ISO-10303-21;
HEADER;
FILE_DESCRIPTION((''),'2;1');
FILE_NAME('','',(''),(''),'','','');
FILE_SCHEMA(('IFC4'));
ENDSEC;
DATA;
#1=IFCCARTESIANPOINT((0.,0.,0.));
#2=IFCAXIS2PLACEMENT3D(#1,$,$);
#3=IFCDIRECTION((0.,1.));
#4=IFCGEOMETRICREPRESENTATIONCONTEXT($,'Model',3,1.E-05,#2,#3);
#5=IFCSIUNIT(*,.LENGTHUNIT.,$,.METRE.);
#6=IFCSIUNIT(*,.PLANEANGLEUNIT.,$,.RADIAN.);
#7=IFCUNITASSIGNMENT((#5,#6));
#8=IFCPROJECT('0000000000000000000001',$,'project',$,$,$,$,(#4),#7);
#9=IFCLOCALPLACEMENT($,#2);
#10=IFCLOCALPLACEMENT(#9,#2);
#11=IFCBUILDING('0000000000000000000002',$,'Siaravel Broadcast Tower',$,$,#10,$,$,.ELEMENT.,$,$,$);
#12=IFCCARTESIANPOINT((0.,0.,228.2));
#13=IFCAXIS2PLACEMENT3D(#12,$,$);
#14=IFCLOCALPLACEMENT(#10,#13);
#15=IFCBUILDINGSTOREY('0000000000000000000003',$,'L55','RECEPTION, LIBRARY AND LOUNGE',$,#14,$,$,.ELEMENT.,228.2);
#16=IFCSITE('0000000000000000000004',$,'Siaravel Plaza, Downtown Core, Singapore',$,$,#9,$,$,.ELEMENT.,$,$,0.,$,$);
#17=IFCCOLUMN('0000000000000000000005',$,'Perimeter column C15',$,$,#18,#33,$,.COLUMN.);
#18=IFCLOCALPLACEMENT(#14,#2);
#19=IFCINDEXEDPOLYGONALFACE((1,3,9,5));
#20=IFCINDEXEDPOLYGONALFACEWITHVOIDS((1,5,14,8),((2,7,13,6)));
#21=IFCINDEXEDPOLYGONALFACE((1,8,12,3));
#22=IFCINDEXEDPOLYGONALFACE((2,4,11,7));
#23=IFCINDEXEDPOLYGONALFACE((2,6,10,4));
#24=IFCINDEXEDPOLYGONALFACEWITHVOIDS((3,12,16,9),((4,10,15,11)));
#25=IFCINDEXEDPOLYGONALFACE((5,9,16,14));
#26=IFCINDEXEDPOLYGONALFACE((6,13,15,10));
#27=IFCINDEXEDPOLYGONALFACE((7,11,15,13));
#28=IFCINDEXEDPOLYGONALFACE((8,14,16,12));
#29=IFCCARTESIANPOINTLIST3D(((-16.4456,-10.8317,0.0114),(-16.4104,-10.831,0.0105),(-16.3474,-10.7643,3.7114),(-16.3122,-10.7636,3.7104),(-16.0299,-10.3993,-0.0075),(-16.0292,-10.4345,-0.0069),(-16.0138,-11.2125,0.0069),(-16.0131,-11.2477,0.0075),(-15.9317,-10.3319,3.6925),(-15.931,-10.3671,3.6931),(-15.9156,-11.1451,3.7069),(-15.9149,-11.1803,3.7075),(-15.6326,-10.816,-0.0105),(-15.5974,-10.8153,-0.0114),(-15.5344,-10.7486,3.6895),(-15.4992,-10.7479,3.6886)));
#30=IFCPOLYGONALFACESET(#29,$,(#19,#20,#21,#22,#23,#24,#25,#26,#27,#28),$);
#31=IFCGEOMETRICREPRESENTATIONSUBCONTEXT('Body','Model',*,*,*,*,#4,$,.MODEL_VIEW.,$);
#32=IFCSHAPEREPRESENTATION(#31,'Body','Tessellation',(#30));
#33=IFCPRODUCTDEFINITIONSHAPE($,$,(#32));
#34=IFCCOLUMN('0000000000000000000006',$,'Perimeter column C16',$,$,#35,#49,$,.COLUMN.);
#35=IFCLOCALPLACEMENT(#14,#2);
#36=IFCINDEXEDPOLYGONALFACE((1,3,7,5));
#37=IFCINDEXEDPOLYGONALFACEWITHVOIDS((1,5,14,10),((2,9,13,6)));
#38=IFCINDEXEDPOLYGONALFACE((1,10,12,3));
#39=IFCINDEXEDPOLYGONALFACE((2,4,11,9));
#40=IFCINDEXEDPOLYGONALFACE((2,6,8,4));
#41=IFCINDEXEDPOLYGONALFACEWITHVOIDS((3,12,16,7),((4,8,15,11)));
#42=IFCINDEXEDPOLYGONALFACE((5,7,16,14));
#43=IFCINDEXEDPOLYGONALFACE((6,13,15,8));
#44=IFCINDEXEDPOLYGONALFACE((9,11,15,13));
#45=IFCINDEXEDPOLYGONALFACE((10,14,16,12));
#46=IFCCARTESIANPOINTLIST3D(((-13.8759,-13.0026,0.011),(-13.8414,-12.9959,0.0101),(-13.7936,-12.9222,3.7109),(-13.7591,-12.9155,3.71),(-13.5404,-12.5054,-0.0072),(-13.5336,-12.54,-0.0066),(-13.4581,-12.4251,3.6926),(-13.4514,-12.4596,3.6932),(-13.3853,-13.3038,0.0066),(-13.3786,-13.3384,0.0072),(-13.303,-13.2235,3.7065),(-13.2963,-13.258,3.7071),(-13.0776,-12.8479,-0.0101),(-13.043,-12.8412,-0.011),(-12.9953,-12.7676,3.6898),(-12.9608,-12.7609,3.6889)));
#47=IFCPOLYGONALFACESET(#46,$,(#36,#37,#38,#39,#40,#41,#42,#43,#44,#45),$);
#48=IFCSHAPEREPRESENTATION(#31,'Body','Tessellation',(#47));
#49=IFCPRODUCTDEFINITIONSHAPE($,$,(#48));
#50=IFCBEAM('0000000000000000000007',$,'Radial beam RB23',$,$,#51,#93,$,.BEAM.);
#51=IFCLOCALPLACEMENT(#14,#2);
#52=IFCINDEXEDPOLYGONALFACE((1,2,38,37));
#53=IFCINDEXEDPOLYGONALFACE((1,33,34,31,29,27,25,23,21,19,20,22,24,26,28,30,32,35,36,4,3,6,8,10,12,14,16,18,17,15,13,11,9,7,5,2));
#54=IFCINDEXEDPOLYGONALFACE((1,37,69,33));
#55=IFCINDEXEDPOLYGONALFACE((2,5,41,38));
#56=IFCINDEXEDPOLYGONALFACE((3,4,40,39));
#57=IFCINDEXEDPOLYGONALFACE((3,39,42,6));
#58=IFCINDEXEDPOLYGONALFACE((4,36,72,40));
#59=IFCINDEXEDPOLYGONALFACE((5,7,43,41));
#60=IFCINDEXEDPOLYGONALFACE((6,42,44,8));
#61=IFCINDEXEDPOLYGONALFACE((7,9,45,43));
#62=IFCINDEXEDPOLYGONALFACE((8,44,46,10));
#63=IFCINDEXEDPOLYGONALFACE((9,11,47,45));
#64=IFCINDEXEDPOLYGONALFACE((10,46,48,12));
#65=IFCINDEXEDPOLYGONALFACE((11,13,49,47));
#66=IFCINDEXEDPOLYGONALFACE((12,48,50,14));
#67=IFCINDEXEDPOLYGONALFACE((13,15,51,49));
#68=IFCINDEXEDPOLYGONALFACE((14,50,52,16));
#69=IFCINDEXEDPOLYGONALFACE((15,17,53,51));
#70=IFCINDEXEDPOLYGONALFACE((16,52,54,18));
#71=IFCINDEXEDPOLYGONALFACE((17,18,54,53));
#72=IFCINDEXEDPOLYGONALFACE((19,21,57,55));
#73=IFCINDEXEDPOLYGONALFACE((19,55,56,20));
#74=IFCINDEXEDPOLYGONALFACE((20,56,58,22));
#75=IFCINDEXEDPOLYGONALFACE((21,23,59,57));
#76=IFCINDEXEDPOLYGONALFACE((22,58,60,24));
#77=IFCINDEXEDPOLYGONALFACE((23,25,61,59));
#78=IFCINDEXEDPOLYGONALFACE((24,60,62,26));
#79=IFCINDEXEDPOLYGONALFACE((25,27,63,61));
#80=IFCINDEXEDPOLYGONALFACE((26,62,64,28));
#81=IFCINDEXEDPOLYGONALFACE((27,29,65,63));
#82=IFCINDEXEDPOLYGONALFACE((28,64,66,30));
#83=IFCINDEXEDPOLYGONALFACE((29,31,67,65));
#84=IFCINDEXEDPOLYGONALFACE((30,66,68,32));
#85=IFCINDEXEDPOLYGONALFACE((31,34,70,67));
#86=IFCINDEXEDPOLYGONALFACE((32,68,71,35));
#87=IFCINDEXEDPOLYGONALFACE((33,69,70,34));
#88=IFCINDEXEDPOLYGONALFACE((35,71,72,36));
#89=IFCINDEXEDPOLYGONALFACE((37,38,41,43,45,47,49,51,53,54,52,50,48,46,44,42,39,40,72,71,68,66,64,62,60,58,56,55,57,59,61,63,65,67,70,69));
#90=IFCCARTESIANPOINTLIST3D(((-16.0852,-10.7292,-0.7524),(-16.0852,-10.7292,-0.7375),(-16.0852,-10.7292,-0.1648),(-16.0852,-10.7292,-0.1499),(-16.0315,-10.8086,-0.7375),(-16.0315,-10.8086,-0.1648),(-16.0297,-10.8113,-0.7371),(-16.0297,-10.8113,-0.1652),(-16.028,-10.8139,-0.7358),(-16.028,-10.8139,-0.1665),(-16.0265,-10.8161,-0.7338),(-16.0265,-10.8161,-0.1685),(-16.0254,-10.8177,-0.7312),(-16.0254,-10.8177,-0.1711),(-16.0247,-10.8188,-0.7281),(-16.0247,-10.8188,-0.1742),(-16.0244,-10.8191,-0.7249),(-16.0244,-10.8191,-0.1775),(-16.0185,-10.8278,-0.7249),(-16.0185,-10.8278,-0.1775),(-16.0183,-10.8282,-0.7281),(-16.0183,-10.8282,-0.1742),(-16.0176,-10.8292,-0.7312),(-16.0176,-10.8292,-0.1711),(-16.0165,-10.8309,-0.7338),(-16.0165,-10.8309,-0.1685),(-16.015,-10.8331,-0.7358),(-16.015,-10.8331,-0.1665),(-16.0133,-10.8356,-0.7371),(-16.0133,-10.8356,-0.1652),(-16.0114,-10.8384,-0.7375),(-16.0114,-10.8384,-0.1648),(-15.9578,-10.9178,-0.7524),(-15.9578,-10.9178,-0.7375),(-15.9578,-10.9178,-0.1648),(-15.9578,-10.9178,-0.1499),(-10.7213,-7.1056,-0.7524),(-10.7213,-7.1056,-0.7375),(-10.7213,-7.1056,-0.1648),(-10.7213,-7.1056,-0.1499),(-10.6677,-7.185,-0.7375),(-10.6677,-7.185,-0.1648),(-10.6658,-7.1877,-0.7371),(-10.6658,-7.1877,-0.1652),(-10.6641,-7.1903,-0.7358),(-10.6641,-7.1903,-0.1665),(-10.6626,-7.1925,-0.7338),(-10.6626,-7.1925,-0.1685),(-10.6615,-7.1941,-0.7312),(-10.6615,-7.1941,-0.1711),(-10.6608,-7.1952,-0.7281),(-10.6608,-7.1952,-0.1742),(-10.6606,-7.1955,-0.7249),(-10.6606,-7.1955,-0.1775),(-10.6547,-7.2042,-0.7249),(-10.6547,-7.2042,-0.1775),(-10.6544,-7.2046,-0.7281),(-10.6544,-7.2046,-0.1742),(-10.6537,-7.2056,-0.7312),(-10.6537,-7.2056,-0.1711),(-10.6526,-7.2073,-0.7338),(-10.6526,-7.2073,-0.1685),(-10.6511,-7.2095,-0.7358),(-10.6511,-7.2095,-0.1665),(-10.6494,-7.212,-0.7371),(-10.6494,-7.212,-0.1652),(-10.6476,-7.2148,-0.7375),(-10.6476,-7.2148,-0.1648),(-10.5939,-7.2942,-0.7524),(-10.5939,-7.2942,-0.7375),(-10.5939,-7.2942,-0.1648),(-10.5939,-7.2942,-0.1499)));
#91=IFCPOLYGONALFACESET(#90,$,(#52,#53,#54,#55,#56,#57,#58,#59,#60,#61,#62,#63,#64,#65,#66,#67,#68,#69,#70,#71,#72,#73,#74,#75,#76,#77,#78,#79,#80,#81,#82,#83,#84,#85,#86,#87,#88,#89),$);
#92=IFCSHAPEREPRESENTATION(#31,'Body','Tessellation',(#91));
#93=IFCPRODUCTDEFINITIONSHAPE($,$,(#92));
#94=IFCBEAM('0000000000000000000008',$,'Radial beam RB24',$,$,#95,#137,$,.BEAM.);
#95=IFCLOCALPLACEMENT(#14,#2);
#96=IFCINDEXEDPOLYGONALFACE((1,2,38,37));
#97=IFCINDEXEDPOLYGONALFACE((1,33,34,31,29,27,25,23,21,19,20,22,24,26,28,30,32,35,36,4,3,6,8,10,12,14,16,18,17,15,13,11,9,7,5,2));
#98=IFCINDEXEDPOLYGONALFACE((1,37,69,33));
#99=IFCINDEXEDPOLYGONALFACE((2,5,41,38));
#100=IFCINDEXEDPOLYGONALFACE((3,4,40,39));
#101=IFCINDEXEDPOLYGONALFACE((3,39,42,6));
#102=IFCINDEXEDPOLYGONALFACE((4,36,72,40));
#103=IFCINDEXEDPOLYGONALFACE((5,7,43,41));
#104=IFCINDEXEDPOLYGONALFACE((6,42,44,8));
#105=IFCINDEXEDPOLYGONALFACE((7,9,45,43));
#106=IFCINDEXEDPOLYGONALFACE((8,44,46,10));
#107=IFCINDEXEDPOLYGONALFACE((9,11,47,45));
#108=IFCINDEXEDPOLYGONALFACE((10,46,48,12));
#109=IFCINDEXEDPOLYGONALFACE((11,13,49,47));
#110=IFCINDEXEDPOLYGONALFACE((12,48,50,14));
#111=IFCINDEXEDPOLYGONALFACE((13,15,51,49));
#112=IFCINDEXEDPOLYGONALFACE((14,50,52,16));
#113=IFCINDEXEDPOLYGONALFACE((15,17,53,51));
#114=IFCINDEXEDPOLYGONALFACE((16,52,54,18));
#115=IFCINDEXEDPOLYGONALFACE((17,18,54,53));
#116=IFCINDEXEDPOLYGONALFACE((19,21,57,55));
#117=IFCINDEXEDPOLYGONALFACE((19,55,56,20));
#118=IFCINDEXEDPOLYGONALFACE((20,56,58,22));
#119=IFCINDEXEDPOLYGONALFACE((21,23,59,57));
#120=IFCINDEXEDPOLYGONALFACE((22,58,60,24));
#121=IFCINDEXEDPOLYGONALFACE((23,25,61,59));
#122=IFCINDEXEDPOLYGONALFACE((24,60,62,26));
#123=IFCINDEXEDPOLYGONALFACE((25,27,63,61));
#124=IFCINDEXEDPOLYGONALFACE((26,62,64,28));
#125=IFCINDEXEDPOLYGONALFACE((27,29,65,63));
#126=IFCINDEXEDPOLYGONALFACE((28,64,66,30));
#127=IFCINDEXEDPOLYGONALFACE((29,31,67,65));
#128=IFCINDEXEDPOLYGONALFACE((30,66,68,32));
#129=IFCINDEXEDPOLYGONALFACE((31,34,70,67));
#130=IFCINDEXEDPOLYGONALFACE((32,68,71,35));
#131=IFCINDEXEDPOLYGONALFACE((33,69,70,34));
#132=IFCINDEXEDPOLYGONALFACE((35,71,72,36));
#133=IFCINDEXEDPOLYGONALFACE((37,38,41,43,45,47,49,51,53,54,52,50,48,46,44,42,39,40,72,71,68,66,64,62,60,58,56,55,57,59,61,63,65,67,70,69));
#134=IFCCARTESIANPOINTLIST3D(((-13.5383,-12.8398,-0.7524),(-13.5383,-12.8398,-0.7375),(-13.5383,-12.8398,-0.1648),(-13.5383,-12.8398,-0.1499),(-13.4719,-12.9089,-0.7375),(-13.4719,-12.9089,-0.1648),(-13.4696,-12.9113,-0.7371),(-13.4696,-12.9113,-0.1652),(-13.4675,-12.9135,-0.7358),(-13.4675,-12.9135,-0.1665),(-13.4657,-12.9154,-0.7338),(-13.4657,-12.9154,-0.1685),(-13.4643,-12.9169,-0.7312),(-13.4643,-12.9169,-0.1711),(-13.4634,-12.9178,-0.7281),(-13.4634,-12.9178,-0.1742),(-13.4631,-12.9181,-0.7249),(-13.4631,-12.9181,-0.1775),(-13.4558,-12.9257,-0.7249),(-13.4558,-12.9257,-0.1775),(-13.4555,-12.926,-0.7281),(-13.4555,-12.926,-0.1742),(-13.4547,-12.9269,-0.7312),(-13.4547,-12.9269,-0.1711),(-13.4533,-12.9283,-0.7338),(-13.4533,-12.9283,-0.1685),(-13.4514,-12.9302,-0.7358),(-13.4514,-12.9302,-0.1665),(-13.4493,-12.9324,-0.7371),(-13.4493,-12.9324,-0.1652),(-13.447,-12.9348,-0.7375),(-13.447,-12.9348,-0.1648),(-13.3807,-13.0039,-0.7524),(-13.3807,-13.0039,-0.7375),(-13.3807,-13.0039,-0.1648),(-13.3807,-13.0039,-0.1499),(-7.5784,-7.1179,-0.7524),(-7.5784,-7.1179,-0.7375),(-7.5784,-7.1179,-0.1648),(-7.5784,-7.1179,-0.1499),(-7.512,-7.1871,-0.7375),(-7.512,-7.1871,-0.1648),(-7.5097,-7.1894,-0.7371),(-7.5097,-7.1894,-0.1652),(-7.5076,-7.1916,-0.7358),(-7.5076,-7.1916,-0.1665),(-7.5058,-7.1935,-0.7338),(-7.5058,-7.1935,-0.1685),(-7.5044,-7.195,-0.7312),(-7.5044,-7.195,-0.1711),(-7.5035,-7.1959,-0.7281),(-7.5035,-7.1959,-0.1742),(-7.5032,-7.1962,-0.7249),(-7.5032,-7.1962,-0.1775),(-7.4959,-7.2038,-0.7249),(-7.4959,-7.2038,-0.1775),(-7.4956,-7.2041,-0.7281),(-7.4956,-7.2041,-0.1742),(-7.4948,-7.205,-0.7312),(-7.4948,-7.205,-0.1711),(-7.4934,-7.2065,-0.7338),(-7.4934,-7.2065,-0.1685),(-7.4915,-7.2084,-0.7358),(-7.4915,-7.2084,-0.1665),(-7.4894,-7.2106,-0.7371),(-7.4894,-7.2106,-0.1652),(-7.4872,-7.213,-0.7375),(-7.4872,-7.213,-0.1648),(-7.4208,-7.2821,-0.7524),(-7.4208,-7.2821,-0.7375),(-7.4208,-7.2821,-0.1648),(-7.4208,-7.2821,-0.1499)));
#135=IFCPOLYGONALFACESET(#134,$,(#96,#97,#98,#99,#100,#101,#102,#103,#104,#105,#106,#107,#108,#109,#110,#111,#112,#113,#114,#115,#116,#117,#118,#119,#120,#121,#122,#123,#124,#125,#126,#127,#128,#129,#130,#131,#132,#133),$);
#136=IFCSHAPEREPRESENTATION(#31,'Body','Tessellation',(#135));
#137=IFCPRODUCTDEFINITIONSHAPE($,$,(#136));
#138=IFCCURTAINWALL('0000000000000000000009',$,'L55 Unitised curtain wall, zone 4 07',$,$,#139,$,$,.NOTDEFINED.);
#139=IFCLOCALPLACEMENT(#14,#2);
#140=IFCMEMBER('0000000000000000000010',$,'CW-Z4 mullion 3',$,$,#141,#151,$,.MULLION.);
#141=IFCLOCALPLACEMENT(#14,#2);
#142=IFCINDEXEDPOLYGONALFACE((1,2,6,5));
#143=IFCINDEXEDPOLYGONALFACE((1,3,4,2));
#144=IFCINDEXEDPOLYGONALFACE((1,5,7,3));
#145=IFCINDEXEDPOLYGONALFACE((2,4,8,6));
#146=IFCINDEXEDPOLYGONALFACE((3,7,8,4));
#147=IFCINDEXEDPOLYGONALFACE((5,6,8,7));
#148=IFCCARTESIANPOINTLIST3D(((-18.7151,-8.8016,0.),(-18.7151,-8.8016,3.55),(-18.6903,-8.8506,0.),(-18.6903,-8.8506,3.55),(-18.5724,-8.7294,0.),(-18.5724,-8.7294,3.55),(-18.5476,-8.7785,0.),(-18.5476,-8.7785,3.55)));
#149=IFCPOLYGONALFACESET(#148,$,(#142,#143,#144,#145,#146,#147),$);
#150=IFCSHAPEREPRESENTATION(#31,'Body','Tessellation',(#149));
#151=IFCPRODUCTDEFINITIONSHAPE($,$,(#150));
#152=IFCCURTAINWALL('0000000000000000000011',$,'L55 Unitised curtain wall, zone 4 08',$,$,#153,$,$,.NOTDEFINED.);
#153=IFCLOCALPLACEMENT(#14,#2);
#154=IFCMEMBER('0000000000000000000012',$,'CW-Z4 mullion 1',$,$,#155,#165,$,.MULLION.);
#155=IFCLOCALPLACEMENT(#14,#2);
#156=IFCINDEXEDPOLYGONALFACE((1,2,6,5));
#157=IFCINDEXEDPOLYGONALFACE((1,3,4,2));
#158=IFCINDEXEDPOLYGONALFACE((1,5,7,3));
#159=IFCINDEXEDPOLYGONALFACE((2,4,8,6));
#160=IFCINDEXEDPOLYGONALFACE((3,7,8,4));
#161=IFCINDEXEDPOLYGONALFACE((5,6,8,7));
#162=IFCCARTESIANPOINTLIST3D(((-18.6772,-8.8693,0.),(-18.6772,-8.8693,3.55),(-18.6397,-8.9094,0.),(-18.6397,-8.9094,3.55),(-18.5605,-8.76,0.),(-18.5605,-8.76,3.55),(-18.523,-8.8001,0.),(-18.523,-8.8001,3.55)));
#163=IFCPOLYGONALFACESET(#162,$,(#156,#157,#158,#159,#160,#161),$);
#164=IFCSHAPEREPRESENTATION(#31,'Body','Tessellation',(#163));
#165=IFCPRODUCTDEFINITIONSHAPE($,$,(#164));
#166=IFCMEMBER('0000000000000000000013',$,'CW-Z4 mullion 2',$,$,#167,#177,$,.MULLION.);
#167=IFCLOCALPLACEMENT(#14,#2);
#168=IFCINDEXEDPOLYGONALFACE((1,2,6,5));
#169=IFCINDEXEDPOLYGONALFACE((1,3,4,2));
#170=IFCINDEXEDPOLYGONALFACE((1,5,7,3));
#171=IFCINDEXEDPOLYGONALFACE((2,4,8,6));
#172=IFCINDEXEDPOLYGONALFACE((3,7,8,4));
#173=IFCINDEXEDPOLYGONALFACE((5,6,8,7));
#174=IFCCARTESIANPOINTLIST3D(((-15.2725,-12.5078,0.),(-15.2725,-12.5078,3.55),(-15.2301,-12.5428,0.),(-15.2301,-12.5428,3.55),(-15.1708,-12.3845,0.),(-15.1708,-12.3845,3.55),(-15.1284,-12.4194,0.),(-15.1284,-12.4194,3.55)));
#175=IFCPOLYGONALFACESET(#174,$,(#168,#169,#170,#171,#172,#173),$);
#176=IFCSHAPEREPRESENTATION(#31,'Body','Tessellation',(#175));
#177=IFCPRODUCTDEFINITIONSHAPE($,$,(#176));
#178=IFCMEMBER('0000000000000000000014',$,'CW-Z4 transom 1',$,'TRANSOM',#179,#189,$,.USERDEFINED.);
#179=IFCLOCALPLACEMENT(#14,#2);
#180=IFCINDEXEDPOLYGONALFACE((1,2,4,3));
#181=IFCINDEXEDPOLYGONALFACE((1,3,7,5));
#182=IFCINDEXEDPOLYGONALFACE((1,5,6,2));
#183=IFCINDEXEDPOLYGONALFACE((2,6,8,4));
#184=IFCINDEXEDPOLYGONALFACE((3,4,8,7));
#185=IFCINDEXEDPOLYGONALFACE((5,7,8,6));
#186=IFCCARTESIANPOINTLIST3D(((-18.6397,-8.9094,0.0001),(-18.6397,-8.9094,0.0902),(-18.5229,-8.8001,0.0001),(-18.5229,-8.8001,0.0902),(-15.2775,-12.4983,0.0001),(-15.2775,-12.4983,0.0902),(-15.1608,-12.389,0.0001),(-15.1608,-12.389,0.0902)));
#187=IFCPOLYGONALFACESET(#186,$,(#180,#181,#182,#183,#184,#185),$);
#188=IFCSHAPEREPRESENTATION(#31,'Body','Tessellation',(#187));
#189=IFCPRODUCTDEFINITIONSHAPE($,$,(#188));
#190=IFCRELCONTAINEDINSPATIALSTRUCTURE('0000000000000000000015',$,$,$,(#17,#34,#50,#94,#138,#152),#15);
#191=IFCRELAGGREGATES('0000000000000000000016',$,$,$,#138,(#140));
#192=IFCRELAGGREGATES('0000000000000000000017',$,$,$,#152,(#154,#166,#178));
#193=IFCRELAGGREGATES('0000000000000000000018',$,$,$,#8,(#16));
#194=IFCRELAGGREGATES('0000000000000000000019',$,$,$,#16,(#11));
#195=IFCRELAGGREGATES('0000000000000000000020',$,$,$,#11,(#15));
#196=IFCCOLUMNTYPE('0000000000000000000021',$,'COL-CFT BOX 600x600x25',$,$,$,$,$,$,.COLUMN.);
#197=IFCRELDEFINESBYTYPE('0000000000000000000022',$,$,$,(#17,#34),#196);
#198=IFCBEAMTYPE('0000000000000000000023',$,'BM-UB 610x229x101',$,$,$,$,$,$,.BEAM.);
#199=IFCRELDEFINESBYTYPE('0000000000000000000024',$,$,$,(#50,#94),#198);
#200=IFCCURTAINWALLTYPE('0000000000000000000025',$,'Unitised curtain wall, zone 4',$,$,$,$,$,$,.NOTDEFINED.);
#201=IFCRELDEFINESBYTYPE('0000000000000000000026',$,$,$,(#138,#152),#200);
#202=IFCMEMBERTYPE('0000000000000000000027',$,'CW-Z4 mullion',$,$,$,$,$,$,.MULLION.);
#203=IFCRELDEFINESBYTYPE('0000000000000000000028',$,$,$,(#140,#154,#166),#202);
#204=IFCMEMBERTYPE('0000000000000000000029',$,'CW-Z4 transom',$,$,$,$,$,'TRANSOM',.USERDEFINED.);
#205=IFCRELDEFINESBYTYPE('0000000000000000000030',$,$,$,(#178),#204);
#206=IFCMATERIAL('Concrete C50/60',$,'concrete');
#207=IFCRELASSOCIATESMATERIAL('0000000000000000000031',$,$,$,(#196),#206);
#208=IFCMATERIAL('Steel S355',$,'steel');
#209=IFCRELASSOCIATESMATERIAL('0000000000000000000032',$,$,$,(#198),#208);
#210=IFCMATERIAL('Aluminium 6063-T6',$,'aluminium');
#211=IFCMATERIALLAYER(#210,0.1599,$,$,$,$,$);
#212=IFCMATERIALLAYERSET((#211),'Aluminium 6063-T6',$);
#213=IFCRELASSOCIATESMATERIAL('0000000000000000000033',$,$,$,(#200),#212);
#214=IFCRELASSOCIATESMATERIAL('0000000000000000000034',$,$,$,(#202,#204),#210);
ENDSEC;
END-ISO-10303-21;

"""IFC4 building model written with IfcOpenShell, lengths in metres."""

from ifc_helpers import new_model, si_unit, direction, frame, origin, origin_2d, place, context, subcontext, project, spatial, rectangle, hollow_rectangle, i_section, extrude, material, layer, layer_set, material_profile, profile_set, type_object, element, aggregate, save


model = new_model("IFC4")

# Units and contexts
model_context = context("Model", 3, precision=1e-05, world=origin(), true_north=direction((0.0, 1.0)))
body_context = subcontext(model_context, "Body", "Model", "MODEL_VIEW")
ifc_project = project(units=[si_unit("LENGTHUNIT", "METRE"), si_unit("PLANEANGLEUNIT", "RADIAN")], contexts=[model_context])

# Site, building, storey
site_placement = place(None, origin())
site = spatial("IfcSite", under=ifc_project, at=site_placement, Name="Siaravel Plaza, Downtown Core, Singapore", CompositionType="ELEMENT", RefElevation=0.0)
building_placement = place(site_placement, origin())
building = spatial("IfcBuilding", under=site, at=building_placement, Name="Siaravel Broadcast Tower", CompositionType="ELEMENT")
storey_placement = place(building_placement, frame((0.0, 0.0, 228.2)))
storey = spatial("IfcBuildingStorey", under=building, at=storey_placement, Name="L55", Description="RECEPTION, LIBRARY AND LOUNGE", CompositionType="ELEMENT", Elevation=228.2)

# Columns
ifc_material_1 = material(Name="Concrete C50/60", Category="concrete")
ifc_material_profile_1 = material_profile(ifc_material_1, hollow_rectangle(XDim=0.6001, YDim=0.6001, WallThickness=0.0249, at=origin_2d()))
ifc_profile_set_1 = profile_set([ifc_material_profile_1], Name="Concrete C50/60")
column_type = type_object("IfcColumnType", Name="COL-CFT BOX 600x600x25", PredefinedType="COLUMN", material=ifc_profile_set_1)
column_1_placement = place(storey_placement, frame((-16.0215, -10.8235, 0.0), z_axis=(0.026512, 0.018202, 0.999483), x_axis=(-0.720722, 0.693194, 0.006493)))
element("IfcColumn", 1, at=column_1_placement, inside=storey, type_object=column_type, Name="Perimeter column C15", PredefinedType="COLUMN", context=body_context, shape_type="SweptSolid", body=[
    extrude(hollow_rectangle(XDim=0.6001, YDim=0.6001, WallThickness=0.0249, at=origin_2d()), origin(), (0.0, 0.0, 1.0), 3.7019),
])
column_2_placement = place(storey_placement, frame((-13.4595, -12.9219, 0.0), z_axis=(0.022226, 0.021699, 0.999517), x_axis=(-0.828751, 0.559582, 0.006281)))
element("IfcColumn", 2, at=column_2_placement, inside=storey, type_object=column_type, Name="Perimeter column C16", PredefinedType="COLUMN", context=body_context, shape_type="SweptSolid", body=[
    extrude(hollow_rectangle(XDim=0.6001, YDim=0.6001, WallThickness=0.0249, at=origin_2d()), origin(), (0.0, 0.0, 1.0), 3.7017),
])

# Beams
ifc_material_2 = material(Name="Steel S355", Category="steel")
ifc_material_profile_2 = material_profile(ifc_material_2, i_section(OverallWidth=0.2275, OverallDepth=0.6025, WebThickness=0.0105, FlangeThickness=0.0149, FilletRadius=0.0127, at=origin_2d()))
ifc_profile_set_2 = profile_set([ifc_material_profile_2], Name="Steel S355")
beam_type = type_object("IfcBeamType", Name="BM-UB 610x229x101", PredefinedType="BEAM", material=ifc_profile_set_2)
beam_1_placement = place(storey_placement, frame((-16.0215, -10.8235, -0.4512), z_axis=(0.828634, 0.55979, 0.0), x_axis=(-0.55979, 0.828634, 0.0)))
element("IfcBeam", 3, at=beam_1_placement, inside=storey, type_object=beam_type, Name="Radial beam RB23", PredefinedType="BEAM", context=body_context, shape_type="SweptSolid", body=[
    extrude(i_section(OverallWidth=0.2275, OverallDepth=0.6025, WebThickness=0.0105, FlangeThickness=0.0149, FilletRadius=0.0127, at=origin_2d()), origin(), (0.0, 0.0, 1.0), 6.4731),
])
beam_2_placement = place(storey_placement, frame((-13.4595, -12.9219, -0.4512), z_axis=(0.721365, 0.692555, 0.0), x_axis=(-0.692555, 0.721365, 0.0)))
element("IfcBeam", 4, at=beam_2_placement, inside=storey, type_object=beam_type, Name="Radial beam RB24", PredefinedType="BEAM", context=body_context, shape_type="SweptSolid", body=[
    extrude(i_section(OverallWidth=0.2275, OverallDepth=0.6025, WebThickness=0.0105, FlangeThickness=0.0149, FilletRadius=0.0127, at=origin_2d()), origin(), (0.0, 0.0, 1.0), 8.262),
])

# Curtain wall, member
ifc_material_3 = material(Name="Aluminium 6063-T6", Category="aluminium")
ifc_layer_1 = layer(ifc_material_3, 0.1599)
ifc_layer_set_1 = layer_set([ifc_layer_1], Name="Aluminium 6063-T6")
curtain_wall_type = type_object("IfcCurtainWallType", Name="Unitised curtain wall, zone 4", PredefinedType="NOTDEFINED", material=ifc_layer_set_1)
curtain_wall_1_placement = place(storey_placement, origin())
curtain_wall_1 = element("IfcCurtainWall", 5, at=curtain_wall_1_placement, inside=storey, type_object=curtain_wall_type, Name="L55 Unitised curtain wall, zone 4 07", PredefinedType="NOTDEFINED")
ifc_material_profile_3 = material_profile(ifc_material_3, rectangle(XDim=0.1599, YDim=0.0549, at=origin_2d()))
ifc_profile_set_3 = profile_set([ifc_material_profile_3], Name="Aluminium 6063-T6")
member_type_1 = type_object("IfcMemberType", Name="CW-Z4 mullion", PredefinedType="MULLION", material=ifc_profile_set_3)
member_1_placement = place(storey_placement, frame((-18.6313, -8.79, 0.0), z_axis=(0.0, 0.0, 1.0), x_axis=(0.892393, 0.451259, 0.0)))
member_1 = element("IfcMember", 6, at=member_1_placement, type_object=member_type_1, Name="CW-Z4 mullion 3", PredefinedType="MULLION", context=body_context, shape_type="SweptSolid", body=[
    extrude(rectangle(XDim=0.1599, YDim=0.0549, at=origin_2d()), origin(), (0.0, 0.0, 1.0), 3.55),
])
aggregate(curtain_wall_1, [member_1])

# Curtain wall, members
curtain_wall_2_placement = place(storey_placement, origin())
curtain_wall_2 = element("IfcCurtainWall", 7, at=curtain_wall_2_placement, inside=storey, type_object=curtain_wall_type, Name="L55 Unitised curtain wall, zone 4 08", PredefinedType="NOTDEFINED")
member_2_placement = place(storey_placement, frame((-18.6001, -8.8347, 0.0), z_axis=(0.0, 0.0, 1.0), x_axis=(0.729806, 0.683654, 0.0)))
member_2 = element("IfcMember", 8, at=member_2_placement, type_object=member_type_1, Name="CW-Z4 mullion 1", PredefinedType="MULLION", context=body_context, shape_type="SweptSolid", body=[
    extrude(rectangle(XDim=0.1599, YDim=0.0549, at=origin_2d()), origin(), (0.0, 0.0, 1.0), 3.55),
])
member_3_placement = place(storey_placement, frame((-15.2004, -12.4636, 0.0), z_axis=(0.0, 0.0, 1.0), x_axis=(0.63622, 0.771508, 0.0)))
member_3 = element("IfcMember", 9, at=member_3_placement, type_object=member_type_1, Name="CW-Z4 mullion 2", PredefinedType="MULLION", context=body_context, shape_type="SweptSolid", body=[
    extrude(rectangle(XDim=0.1599, YDim=0.0549, at=origin_2d()), origin(), (0.0, 0.0, 1.0), 3.55),
])
ifc_material_profile_4 = material_profile(ifc_material_3, rectangle(XDim=0.1599, YDim=0.0901, at=origin_2d()))
ifc_profile_set_4 = profile_set([ifc_material_profile_4], Name="Aluminium 6063-T6")
member_type_2 = type_object("IfcMemberType", Name="CW-Z4 transom", ElementType="TRANSOM", PredefinedType="USERDEFINED", material=ifc_profile_set_4)
member_4_placement = place(storey_placement, frame((-18.5813, -8.8547, 0.0452), z_axis=(0.68367, -0.729791, 0.0), x_axis=(0.729791, 0.68367, 0.0)))
member_4 = element("IfcMember", 10, at=member_4_placement, type_object=member_type_2, Name="CW-Z4 transom 1", ObjectType="TRANSOM", PredefinedType="USERDEFINED", context=body_context, shape_type="SweptSolid", body=[
    extrude(rectangle(XDim=0.1599, YDim=0.0901, at=origin_2d()), origin(), (0.0, 0.0, 1.0), 4.9177),
])

aggregate(curtain_wall_2, [member_2, member_3, member_4])

save(model, "model.ifc")
